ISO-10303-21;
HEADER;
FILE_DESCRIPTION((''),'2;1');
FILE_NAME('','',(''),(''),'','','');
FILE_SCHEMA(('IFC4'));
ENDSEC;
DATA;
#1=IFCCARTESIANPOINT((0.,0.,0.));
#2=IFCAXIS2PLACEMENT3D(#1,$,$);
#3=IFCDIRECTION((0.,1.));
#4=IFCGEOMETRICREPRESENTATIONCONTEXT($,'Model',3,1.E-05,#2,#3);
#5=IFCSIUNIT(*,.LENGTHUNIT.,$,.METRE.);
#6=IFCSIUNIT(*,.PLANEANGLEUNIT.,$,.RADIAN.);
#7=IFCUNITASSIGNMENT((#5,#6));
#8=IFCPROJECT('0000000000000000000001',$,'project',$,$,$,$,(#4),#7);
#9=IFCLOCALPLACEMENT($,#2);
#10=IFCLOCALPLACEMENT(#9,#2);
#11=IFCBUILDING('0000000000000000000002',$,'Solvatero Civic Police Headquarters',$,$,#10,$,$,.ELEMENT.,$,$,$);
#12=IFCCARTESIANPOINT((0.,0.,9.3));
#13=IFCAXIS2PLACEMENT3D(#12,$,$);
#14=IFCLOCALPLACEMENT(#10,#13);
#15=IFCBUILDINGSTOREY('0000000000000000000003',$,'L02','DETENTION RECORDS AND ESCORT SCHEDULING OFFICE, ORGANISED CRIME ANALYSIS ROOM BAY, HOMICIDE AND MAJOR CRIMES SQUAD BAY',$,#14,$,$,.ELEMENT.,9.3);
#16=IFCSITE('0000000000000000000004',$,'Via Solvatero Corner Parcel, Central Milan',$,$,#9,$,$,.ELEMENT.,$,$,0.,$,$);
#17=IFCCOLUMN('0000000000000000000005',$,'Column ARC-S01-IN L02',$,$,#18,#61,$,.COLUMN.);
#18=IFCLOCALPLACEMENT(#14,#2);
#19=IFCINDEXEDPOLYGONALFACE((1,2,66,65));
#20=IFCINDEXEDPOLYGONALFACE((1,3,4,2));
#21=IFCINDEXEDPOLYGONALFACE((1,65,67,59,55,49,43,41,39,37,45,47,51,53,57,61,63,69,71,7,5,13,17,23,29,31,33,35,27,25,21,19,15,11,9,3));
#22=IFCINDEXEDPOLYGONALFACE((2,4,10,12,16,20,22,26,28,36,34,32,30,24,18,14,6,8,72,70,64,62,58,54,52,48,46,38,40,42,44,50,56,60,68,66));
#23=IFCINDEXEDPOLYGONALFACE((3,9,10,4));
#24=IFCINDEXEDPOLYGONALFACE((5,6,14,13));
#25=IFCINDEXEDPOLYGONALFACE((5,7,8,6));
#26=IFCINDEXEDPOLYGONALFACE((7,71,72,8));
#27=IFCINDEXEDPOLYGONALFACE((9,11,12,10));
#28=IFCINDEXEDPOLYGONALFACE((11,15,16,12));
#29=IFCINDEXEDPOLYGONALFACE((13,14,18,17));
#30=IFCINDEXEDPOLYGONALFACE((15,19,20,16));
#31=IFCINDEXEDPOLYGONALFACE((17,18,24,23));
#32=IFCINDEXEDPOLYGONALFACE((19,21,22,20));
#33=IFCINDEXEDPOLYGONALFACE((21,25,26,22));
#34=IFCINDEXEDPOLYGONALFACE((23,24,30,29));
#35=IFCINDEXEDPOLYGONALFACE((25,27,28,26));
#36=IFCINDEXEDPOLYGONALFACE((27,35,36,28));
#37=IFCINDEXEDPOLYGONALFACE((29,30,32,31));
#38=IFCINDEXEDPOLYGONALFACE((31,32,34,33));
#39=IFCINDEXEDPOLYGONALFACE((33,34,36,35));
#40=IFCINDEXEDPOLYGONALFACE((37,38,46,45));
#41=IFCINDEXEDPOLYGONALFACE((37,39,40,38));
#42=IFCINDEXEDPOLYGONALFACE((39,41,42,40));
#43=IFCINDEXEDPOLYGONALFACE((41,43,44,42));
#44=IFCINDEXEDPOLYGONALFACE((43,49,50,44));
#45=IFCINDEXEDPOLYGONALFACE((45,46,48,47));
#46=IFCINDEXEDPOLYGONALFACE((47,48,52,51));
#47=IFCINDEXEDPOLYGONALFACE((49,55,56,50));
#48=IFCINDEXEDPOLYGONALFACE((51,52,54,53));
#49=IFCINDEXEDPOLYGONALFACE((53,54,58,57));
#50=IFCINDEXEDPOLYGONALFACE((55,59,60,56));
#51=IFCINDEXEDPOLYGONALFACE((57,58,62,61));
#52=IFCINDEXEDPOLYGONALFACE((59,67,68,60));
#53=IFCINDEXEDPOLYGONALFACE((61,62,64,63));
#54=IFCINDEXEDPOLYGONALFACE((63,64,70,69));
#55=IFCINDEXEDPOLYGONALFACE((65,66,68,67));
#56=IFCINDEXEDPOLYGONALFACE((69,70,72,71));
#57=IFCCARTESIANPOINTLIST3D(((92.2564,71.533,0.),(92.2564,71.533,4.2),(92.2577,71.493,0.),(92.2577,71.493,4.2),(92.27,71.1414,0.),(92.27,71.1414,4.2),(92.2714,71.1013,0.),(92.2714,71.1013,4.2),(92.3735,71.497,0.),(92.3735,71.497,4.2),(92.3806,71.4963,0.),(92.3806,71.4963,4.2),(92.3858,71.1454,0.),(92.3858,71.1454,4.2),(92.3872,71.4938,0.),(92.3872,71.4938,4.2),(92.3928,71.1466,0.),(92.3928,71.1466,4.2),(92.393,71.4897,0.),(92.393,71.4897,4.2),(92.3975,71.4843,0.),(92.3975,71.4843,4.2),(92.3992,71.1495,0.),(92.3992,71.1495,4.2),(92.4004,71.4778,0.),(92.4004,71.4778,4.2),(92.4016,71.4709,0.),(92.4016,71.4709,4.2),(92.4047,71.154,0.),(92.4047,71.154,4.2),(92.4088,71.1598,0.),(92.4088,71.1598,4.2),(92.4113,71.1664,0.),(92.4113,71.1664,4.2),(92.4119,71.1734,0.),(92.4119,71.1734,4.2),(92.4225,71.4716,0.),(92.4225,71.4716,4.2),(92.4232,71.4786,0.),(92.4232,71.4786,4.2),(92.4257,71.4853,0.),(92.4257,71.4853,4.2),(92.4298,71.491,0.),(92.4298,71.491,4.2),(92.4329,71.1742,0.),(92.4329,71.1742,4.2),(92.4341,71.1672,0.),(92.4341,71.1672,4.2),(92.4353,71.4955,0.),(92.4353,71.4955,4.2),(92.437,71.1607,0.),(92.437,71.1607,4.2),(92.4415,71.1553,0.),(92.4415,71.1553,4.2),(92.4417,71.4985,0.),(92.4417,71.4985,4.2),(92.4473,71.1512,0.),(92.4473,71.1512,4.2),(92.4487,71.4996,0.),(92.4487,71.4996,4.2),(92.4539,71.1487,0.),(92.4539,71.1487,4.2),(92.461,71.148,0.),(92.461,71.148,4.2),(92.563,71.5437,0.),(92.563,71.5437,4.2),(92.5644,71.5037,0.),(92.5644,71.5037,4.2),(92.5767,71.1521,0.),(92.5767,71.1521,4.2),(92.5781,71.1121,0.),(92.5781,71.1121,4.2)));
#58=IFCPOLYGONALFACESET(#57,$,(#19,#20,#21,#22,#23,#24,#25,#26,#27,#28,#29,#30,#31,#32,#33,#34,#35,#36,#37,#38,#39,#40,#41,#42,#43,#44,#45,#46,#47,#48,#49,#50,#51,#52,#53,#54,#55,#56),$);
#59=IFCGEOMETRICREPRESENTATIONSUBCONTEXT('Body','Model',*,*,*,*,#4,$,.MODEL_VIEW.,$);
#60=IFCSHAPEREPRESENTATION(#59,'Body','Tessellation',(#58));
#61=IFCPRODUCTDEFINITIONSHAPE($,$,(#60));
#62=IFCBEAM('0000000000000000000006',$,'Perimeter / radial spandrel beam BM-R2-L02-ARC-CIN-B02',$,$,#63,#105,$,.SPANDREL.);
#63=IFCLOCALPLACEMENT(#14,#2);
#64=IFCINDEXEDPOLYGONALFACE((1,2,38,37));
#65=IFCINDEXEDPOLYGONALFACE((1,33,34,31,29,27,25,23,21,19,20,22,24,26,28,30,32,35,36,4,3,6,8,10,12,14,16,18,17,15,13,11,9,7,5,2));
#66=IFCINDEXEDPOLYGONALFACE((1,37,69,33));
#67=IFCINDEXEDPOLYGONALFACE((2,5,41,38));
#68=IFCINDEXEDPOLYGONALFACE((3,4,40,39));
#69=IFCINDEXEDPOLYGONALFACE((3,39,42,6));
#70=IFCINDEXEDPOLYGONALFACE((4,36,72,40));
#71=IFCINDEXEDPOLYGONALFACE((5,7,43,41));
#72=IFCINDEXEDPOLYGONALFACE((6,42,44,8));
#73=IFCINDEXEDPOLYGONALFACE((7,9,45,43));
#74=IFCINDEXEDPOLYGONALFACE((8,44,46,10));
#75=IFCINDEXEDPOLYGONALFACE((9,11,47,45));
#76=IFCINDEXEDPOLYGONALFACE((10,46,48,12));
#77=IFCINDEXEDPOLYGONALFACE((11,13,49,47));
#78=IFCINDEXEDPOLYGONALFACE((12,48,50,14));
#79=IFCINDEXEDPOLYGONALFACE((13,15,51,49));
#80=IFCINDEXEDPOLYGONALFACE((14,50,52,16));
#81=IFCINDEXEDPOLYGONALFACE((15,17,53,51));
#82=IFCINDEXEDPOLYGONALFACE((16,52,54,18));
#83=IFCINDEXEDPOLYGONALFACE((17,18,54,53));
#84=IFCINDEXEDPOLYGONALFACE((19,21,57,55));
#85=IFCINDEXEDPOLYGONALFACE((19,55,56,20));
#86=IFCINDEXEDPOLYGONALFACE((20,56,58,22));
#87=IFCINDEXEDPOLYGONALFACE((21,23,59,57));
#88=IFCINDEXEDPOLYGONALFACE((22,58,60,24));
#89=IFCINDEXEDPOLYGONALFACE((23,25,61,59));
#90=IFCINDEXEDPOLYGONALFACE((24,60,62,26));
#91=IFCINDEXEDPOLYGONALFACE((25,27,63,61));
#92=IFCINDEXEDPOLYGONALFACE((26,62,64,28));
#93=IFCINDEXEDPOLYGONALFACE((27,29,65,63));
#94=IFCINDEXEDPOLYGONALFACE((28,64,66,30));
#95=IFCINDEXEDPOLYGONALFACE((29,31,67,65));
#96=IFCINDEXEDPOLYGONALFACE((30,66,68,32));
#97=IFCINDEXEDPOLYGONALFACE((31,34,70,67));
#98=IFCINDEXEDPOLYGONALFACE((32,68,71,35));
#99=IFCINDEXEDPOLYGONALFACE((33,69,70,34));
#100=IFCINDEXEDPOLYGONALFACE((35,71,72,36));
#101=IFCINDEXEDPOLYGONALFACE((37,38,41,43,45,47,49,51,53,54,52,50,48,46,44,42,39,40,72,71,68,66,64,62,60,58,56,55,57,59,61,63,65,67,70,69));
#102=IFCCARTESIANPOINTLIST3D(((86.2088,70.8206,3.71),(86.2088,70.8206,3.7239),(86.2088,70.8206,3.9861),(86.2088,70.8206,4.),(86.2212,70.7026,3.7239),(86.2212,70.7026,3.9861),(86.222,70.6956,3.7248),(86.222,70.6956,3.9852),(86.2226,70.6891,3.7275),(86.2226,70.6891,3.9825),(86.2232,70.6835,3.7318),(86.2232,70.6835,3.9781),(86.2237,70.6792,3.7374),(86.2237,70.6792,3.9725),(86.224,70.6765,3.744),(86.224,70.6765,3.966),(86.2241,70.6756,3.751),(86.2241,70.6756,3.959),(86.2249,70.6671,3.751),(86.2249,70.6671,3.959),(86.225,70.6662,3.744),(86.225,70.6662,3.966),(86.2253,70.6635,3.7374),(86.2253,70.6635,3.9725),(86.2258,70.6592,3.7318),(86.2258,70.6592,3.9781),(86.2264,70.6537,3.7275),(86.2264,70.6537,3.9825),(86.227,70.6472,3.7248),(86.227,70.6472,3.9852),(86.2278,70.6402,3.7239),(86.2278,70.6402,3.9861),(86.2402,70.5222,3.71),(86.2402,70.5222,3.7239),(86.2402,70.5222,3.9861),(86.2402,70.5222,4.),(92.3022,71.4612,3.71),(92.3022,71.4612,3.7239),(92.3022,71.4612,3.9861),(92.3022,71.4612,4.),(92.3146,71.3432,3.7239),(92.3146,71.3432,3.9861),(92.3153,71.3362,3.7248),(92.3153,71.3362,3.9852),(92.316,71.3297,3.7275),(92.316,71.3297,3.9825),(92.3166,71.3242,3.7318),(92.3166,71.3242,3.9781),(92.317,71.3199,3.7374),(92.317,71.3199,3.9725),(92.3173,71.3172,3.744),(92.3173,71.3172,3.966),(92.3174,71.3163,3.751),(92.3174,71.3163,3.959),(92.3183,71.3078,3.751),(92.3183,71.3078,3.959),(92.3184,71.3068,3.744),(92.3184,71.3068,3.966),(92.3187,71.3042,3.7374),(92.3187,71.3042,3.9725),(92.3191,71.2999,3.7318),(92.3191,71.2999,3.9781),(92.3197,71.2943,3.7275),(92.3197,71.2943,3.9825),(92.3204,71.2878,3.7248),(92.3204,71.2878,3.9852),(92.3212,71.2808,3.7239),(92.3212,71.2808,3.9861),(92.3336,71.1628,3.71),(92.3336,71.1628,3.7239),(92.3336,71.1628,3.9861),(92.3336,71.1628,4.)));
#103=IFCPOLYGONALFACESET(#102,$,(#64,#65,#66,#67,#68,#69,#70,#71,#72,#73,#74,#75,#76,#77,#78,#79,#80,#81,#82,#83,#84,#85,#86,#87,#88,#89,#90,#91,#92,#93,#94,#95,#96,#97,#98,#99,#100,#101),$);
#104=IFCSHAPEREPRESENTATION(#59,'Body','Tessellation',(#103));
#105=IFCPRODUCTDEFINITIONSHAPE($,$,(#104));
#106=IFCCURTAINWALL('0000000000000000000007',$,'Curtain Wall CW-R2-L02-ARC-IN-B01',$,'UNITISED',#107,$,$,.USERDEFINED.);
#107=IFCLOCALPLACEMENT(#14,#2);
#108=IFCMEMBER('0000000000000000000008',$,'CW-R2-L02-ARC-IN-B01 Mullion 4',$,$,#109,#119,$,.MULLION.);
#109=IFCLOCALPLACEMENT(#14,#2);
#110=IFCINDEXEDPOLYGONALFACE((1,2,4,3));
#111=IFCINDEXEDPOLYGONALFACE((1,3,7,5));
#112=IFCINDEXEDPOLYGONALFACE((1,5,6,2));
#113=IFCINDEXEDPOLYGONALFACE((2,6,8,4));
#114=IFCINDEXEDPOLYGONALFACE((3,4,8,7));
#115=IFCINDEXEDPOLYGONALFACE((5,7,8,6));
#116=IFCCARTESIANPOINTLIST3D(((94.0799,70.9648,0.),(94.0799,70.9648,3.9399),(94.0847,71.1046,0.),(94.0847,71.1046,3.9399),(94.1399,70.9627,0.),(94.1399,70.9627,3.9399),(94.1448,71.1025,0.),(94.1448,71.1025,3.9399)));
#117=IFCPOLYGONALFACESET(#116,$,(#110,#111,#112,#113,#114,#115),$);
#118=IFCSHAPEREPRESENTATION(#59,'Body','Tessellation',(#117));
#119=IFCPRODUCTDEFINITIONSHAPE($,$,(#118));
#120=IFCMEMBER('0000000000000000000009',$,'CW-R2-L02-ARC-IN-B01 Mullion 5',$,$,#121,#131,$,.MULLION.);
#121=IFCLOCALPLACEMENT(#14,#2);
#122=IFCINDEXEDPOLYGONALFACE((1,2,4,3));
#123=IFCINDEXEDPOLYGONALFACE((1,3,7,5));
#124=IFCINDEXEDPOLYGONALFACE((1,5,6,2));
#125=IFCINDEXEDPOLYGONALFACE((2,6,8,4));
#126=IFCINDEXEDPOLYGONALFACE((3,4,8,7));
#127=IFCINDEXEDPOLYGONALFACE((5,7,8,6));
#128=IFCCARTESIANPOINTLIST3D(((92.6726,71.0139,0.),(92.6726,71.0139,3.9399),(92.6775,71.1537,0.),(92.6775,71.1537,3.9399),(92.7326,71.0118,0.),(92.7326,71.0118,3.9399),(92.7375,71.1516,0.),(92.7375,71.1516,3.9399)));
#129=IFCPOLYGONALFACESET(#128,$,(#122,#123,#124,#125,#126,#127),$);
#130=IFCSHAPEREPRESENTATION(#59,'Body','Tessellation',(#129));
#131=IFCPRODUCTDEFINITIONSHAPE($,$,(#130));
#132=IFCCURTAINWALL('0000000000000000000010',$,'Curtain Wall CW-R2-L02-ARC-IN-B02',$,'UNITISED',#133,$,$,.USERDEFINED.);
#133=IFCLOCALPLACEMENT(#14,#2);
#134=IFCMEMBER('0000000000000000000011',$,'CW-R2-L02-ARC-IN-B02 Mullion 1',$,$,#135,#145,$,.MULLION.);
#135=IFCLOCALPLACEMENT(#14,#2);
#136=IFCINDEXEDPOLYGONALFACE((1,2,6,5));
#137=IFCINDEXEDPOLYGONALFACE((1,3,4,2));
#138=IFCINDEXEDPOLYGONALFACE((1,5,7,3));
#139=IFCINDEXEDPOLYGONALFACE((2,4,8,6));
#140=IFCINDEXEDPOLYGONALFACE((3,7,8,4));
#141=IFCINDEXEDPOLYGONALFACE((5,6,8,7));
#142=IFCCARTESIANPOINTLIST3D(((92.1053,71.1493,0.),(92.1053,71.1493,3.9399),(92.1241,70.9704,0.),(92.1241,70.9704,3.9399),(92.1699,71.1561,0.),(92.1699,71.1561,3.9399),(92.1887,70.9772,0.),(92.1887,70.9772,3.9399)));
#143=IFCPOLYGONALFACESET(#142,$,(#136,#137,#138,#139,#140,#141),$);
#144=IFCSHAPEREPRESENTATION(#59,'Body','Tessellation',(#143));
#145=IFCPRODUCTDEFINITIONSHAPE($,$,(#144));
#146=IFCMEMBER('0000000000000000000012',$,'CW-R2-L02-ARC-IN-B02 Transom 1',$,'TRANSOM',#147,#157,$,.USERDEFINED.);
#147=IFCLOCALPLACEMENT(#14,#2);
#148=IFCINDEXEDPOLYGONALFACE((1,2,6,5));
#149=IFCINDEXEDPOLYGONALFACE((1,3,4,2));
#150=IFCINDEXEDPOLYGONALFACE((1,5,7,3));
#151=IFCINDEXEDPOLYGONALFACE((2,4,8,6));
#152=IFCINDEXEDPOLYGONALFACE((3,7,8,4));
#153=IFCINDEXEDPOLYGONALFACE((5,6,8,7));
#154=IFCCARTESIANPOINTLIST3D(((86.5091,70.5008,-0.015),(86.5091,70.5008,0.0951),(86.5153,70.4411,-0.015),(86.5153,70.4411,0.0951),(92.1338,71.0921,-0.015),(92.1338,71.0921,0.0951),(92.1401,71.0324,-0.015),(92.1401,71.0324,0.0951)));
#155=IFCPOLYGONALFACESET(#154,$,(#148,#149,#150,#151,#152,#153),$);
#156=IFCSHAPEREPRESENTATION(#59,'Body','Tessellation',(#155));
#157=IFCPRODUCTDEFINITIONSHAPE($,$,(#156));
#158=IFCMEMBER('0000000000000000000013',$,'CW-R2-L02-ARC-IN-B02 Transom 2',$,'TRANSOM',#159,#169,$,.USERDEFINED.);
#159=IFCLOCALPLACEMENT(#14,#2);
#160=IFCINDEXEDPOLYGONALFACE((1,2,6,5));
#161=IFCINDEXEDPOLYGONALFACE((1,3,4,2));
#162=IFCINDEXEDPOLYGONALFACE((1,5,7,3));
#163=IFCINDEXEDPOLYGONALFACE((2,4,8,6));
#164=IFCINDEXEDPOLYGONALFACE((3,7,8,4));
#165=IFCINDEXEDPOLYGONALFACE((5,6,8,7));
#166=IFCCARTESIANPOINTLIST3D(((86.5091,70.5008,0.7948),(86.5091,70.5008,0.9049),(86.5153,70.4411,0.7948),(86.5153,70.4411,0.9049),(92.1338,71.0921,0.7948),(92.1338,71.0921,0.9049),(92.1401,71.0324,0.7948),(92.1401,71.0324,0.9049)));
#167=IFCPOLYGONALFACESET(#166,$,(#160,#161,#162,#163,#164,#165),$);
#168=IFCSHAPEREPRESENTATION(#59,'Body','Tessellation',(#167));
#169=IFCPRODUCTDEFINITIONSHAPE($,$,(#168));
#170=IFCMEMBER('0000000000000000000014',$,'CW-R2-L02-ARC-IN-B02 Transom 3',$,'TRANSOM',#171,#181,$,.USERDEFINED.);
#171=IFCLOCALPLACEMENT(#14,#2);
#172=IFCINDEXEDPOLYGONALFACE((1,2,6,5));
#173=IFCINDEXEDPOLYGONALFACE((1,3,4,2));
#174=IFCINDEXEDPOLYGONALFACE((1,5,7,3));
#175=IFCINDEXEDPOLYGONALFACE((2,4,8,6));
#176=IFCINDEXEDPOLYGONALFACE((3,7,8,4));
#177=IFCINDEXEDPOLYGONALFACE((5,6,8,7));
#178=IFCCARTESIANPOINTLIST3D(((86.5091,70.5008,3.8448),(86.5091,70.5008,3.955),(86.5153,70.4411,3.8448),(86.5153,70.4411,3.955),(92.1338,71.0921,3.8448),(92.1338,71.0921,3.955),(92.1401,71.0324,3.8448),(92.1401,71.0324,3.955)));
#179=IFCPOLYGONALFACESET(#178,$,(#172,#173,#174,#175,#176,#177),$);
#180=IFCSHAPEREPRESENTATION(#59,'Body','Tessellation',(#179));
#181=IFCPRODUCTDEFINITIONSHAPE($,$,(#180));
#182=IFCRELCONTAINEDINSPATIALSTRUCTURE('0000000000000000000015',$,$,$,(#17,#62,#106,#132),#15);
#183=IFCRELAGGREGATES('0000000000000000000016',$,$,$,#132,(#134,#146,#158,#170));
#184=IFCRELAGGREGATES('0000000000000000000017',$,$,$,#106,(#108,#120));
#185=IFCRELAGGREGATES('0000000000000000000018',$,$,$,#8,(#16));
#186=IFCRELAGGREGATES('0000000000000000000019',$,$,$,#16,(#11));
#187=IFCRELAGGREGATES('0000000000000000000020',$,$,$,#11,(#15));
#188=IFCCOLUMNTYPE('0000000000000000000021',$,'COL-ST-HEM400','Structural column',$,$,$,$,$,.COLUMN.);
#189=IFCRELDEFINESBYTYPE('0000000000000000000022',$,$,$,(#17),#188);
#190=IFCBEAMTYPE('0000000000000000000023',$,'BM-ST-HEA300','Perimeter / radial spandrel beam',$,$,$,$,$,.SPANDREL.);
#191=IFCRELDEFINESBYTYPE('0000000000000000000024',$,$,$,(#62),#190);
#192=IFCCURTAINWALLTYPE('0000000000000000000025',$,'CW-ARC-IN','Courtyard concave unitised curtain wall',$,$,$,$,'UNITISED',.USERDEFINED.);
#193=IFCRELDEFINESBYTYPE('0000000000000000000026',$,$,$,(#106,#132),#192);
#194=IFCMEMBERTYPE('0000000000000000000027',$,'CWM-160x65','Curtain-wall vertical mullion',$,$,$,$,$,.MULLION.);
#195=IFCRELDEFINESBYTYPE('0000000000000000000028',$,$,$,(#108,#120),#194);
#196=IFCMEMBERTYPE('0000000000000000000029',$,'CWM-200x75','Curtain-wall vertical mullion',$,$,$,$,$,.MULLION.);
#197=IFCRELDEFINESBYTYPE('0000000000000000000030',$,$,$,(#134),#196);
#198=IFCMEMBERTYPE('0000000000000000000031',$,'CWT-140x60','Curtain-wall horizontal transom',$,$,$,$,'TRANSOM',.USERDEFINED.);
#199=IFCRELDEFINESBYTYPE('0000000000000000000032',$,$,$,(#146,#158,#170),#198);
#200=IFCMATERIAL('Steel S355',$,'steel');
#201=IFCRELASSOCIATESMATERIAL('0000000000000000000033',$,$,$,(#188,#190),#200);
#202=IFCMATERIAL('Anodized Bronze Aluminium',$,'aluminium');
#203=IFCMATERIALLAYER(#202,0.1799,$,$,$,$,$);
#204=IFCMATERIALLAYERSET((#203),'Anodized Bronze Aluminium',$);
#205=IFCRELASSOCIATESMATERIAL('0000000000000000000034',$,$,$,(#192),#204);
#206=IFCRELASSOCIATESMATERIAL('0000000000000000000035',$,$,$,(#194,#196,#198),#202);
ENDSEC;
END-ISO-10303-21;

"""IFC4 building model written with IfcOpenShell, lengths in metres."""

from ifc_helpers import new_model, si_unit, direction, frame, origin, origin_2d, place, context, subcontext, project, spatial, rectangle, i_section, extrude, material, layer, layer_set, material_profile, profile_set, type_object, element, aggregate, save


model = new_model("IFC4")

# Units and contexts
model_context = context("Model", 3, precision=1e-05, world=origin(), true_north=direction((0.0, 1.0)))
body_context = subcontext(model_context, "Body", "Model", "MODEL_VIEW")
ifc_project = project(units=[si_unit("LENGTHUNIT", "METRE"), si_unit("PLANEANGLEUNIT", "RADIAN")], contexts=[model_context])

# Site, building, storey
site_placement = place(None, origin())
site = spatial("IfcSite", under=ifc_project, at=site_placement, Name="Via Solvatero Corner Parcel, Central Milan", CompositionType="ELEMENT", RefElevation=0.0)
building_placement = place(site_placement, origin())
building = spatial("IfcBuilding", under=site, at=building_placement, Name="Solvatero Civic Police Headquarters", CompositionType="ELEMENT")
storey_placement = place(building_placement, frame((0.0, 0.0, 9.3)))
storey = spatial("IfcBuildingStorey", under=building, at=storey_placement, Name="L02", Description="DETENTION RECORDS AND ESCORT SCHEDULING OFFICE, ORGANISED CRIME ANALYSIS ROOM BAY, HOMICIDE AND MAJOR CRIMES SQUAD BAY", CompositionType="ELEMENT", Elevation=9.3)

# Column
ifc_material_1 = material(Name="Steel S355", Category="steel")
ifc_material_profile_1 = material_profile(ifc_material_1, i_section(OverallWidth=0.3069, OverallDepth=0.4319, WebThickness=0.021, FlangeThickness=0.04, FilletRadius=0.0271, at=origin_2d()), Name="HEM 400")
ifc_profile_set_1 = profile_set([ifc_material_profile_1], Name="Steel S355")
column_type = type_object("IfcColumnType", Name="COL-ST-HEM400", Description="Structural column", PredefinedType="COLUMN", material=ifc_profile_set_1)
column_placement = place(storey_placement, frame((92.4172, 71.3225, 0.0), z_axis=(0.0, 0.0, 1.0), x_axis=(0.999391, 0.034899, 0.0)))
element("IfcColumn", 1, at=column_placement, inside=storey, type_object=column_type, Name="Column ARC-S01-IN L02", PredefinedType="COLUMN", context=body_context, shape_type="SweptSolid", body=[
    extrude(i_section(OverallWidth=0.3069, OverallDepth=0.4319, WebThickness=0.021, FlangeThickness=0.04, FilletRadius=0.0271, at=origin_2d()), origin(), (0.0, 0.0, 1.0), 4.2),
])

# Beam
ifc_material_profile_2 = material_profile(ifc_material_1, i_section(OverallWidth=0.3, OverallDepth=0.29, WebThickness=0.0085, FlangeThickness=0.0139, FilletRadius=0.0271, at=origin_2d()), Name="HEA 300")
ifc_profile_set_2 = profile_set([ifc_material_profile_2], Name="Steel S355")
beam_type = type_object("IfcBeamType", Name="BM-ST-HEA300", Description="Perimeter / radial spandrel beam", PredefinedType="SPANDREL", material=ifc_profile_set_2)
beam_placement = place(storey_placement, frame((92.3179, 71.312, 3.855), z_axis=(-0.994519, -0.10456, 0.0), x_axis=(0.10456, -0.994519, 0.0)))
element("IfcBeam", 2, at=beam_placement, inside=storey, type_object=beam_type, Name="Perimeter / radial spandrel beam BM-R2-L02-ARC-CIN-B02", PredefinedType="SPANDREL", context=body_context, shape_type="SweptSolid", body=[
    extrude(i_section(OverallWidth=0.3, OverallDepth=0.29, WebThickness=0.0085, FlangeThickness=0.0139, FilletRadius=0.0271, at=origin_2d()), origin(), (0.0, 0.0, 1.0), 6.127),
])

# Curtain walls, members
ifc_material_2 = material(Name="Anodized Bronze Aluminium", Category="aluminium")
ifc_layer_1 = layer(ifc_material_2, 0.1799)
ifc_layer_set_1 = layer_set([ifc_layer_1], Name="Anodized Bronze Aluminium")
curtain_wall_type = type_object("IfcCurtainWallType", Name="CW-ARC-IN", Description="Courtyard concave unitised curtain wall", ElementType="UNITISED", PredefinedType="USERDEFINED", material=ifc_layer_set_1)
curtain_wall_1_placement = place(storey_placement, origin())
curtain_wall_1 = element("IfcCurtainWall", 3, at=curtain_wall_1_placement, inside=storey, type_object=curtain_wall_type, Name="Curtain Wall CW-R2-L02-ARC-IN-B01", ObjectType="UNITISED", PredefinedType="USERDEFINED")
ifc_material_profile_3 = material_profile(ifc_material_2, rectangle(XDim=0.0601, YDim=0.1399, at=origin_2d()), Name="ALU MULLION 60x140")
ifc_profile_set_3 = profile_set([ifc_material_profile_3], Name="Anodized Bronze Aluminium")
member_type_1 = type_object("IfcMemberType", Name="CWM-160x65", Description="Curtain-wall vertical mullion", PredefinedType="MULLION", material=ifc_profile_set_3)
member_1_placement = place(storey_placement, frame((94.1123, 71.0337, 0.0), z_axis=(0.0, 0.0, 1.0), x_axis=(-0.999391, 0.034899, 0.0)))
member_1 = element("IfcMember", 4, at=member_1_placement, type_object=member_type_1, Name="CW-R2-L02-ARC-IN-B01 Mullion 4", PredefinedType="MULLION", context=body_context, shape_type="SweptSolid", body=[
    extrude(rectangle(XDim=0.0601, YDim=0.1399, at=origin_2d()), origin(), (0.0, 0.0, 1.0), 3.9399),
])
member_2_placement = place(storey_placement, frame((92.7051, 71.0828, 0.0), z_axis=(0.0, 0.0, 1.0), x_axis=(-0.999391, 0.034899, 0.0)))
member_2 = element("IfcMember", 5, at=member_2_placement, type_object=member_type_1, Name="CW-R2-L02-ARC-IN-B01 Mullion 5", PredefinedType="MULLION", context=body_context, shape_type="SweptSolid", body=[
    extrude(rectangle(XDim=0.0601, YDim=0.1399, at=origin_2d()), origin(), (0.0, 0.0, 1.0), 3.9399),
])
curtain_wall_2_placement = place(storey_placement, origin())
curtain_wall_2 = element("IfcCurtainWall", 6, at=curtain_wall_2_placement, inside=storey, type_object=curtain_wall_type, Name="Curtain Wall CW-R2-L02-ARC-IN-B02", ObjectType="UNITISED", PredefinedType="USERDEFINED")
ifc_material_profile_4 = material_profile(ifc_material_2, rectangle(XDim=0.0649, YDim=0.1799, at=origin_2d()), Name="ALU MULLION 65x180")
ifc_profile_set_4 = profile_set([ifc_material_profile_4], Name="Anodized Bronze Aluminium")
member_type_2 = type_object("IfcMemberType", Name="CWM-200x75", Description="Curtain-wall vertical mullion", PredefinedType="MULLION", material=ifc_profile_set_4)
member_3_placement = place(storey_placement, frame((92.147, 71.0632, 0.0), z_axis=(0.0, 0.0, 1.0), x_axis=(-0.994522, -0.104528, 0.0)))
member_3 = element("IfcMember", 7, at=member_3_placement, type_object=member_type_2, Name="CW-R2-L02-ARC-IN-B02 Mullion 1", PredefinedType="MULLION", context=body_context, shape_type="SweptSolid", body=[
    extrude(rectangle(XDim=0.0649, YDim=0.1799, at=origin_2d()), origin(), (0.0, 0.0, 1.0), 3.9399),
])
ifc_material_profile_5 = material_profile(ifc_material_2, rectangle(XDim=0.0601, YDim=0.1101, at=origin_2d()), Name="ALU TRANSOM 60x110")
ifc_profile_set_5 = profile_set([ifc_material_profile_5], Name="Anodized Bronze Aluminium")
member_type_3 = type_object("IfcMemberType", Name="CWT-140x60", Description="Curtain-wall horizontal transom", ElementType="TRANSOM", PredefinedType="USERDEFINED", material=ifc_profile_set_5)
member_4_placement = place(storey_placement, frame((92.137, 71.0623, 0.04), z_axis=(-0.99452, -0.10455, 0.0), x_axis=(0.10455, -0.99452, 0.0)))
member_4 = element("IfcMember", 8, at=member_4_placement, type_object=member_type_3, Name="CW-R2-L02-ARC-IN-B02 Transom 1", ObjectType="TRANSOM", PredefinedType="USERDEFINED", context=body_context, shape_type="SweptSolid", body=[
    extrude(rectangle(XDim=0.0601, YDim=0.1101, at=origin_2d()), origin(), (0.0, 0.0, 1.0), 5.6558),
])
member_5_placement = place(storey_placement, frame((92.137, 71.0623, 0.8499), z_axis=(-0.99452, -0.10455, 0.0), x_axis=(0.10455, -0.99452, 0.0)))
member_5 = element("IfcMember", 9, at=member_5_placement, type_object=member_type_3, Name="CW-R2-L02-ARC-IN-B02 Transom 2", ObjectType="TRANSOM", PredefinedType="USERDEFINED", context=body_context, shape_type="SweptSolid", body=[
    extrude(rectangle(XDim=0.0601, YDim=0.1101, at=origin_2d()), origin(), (0.0, 0.0, 1.0), 5.6558),
])
member_6_placement = place(storey_placement, frame((92.137, 71.0623, 3.8999), z_axis=(-0.99452, -0.10455, 0.0), x_axis=(0.10455, -0.99452, 0.0)))
member_6 = element("IfcMember", 10, at=member_6_placement, type_object=member_type_3, Name="CW-R2-L02-ARC-IN-B02 Transom 3", ObjectType="TRANSOM", PredefinedType="USERDEFINED", context=body_context, shape_type="SweptSolid", body=[
    extrude(rectangle(XDim=0.0601, YDim=0.1101, at=origin_2d()), origin(), (0.0, 0.0, 1.0), 5.6558),
])

aggregate(curtain_wall_2, [member_3, member_4, member_5, member_6])
aggregate(curtain_wall_1, [member_1, member_2])

save(model, "model.ifc")
